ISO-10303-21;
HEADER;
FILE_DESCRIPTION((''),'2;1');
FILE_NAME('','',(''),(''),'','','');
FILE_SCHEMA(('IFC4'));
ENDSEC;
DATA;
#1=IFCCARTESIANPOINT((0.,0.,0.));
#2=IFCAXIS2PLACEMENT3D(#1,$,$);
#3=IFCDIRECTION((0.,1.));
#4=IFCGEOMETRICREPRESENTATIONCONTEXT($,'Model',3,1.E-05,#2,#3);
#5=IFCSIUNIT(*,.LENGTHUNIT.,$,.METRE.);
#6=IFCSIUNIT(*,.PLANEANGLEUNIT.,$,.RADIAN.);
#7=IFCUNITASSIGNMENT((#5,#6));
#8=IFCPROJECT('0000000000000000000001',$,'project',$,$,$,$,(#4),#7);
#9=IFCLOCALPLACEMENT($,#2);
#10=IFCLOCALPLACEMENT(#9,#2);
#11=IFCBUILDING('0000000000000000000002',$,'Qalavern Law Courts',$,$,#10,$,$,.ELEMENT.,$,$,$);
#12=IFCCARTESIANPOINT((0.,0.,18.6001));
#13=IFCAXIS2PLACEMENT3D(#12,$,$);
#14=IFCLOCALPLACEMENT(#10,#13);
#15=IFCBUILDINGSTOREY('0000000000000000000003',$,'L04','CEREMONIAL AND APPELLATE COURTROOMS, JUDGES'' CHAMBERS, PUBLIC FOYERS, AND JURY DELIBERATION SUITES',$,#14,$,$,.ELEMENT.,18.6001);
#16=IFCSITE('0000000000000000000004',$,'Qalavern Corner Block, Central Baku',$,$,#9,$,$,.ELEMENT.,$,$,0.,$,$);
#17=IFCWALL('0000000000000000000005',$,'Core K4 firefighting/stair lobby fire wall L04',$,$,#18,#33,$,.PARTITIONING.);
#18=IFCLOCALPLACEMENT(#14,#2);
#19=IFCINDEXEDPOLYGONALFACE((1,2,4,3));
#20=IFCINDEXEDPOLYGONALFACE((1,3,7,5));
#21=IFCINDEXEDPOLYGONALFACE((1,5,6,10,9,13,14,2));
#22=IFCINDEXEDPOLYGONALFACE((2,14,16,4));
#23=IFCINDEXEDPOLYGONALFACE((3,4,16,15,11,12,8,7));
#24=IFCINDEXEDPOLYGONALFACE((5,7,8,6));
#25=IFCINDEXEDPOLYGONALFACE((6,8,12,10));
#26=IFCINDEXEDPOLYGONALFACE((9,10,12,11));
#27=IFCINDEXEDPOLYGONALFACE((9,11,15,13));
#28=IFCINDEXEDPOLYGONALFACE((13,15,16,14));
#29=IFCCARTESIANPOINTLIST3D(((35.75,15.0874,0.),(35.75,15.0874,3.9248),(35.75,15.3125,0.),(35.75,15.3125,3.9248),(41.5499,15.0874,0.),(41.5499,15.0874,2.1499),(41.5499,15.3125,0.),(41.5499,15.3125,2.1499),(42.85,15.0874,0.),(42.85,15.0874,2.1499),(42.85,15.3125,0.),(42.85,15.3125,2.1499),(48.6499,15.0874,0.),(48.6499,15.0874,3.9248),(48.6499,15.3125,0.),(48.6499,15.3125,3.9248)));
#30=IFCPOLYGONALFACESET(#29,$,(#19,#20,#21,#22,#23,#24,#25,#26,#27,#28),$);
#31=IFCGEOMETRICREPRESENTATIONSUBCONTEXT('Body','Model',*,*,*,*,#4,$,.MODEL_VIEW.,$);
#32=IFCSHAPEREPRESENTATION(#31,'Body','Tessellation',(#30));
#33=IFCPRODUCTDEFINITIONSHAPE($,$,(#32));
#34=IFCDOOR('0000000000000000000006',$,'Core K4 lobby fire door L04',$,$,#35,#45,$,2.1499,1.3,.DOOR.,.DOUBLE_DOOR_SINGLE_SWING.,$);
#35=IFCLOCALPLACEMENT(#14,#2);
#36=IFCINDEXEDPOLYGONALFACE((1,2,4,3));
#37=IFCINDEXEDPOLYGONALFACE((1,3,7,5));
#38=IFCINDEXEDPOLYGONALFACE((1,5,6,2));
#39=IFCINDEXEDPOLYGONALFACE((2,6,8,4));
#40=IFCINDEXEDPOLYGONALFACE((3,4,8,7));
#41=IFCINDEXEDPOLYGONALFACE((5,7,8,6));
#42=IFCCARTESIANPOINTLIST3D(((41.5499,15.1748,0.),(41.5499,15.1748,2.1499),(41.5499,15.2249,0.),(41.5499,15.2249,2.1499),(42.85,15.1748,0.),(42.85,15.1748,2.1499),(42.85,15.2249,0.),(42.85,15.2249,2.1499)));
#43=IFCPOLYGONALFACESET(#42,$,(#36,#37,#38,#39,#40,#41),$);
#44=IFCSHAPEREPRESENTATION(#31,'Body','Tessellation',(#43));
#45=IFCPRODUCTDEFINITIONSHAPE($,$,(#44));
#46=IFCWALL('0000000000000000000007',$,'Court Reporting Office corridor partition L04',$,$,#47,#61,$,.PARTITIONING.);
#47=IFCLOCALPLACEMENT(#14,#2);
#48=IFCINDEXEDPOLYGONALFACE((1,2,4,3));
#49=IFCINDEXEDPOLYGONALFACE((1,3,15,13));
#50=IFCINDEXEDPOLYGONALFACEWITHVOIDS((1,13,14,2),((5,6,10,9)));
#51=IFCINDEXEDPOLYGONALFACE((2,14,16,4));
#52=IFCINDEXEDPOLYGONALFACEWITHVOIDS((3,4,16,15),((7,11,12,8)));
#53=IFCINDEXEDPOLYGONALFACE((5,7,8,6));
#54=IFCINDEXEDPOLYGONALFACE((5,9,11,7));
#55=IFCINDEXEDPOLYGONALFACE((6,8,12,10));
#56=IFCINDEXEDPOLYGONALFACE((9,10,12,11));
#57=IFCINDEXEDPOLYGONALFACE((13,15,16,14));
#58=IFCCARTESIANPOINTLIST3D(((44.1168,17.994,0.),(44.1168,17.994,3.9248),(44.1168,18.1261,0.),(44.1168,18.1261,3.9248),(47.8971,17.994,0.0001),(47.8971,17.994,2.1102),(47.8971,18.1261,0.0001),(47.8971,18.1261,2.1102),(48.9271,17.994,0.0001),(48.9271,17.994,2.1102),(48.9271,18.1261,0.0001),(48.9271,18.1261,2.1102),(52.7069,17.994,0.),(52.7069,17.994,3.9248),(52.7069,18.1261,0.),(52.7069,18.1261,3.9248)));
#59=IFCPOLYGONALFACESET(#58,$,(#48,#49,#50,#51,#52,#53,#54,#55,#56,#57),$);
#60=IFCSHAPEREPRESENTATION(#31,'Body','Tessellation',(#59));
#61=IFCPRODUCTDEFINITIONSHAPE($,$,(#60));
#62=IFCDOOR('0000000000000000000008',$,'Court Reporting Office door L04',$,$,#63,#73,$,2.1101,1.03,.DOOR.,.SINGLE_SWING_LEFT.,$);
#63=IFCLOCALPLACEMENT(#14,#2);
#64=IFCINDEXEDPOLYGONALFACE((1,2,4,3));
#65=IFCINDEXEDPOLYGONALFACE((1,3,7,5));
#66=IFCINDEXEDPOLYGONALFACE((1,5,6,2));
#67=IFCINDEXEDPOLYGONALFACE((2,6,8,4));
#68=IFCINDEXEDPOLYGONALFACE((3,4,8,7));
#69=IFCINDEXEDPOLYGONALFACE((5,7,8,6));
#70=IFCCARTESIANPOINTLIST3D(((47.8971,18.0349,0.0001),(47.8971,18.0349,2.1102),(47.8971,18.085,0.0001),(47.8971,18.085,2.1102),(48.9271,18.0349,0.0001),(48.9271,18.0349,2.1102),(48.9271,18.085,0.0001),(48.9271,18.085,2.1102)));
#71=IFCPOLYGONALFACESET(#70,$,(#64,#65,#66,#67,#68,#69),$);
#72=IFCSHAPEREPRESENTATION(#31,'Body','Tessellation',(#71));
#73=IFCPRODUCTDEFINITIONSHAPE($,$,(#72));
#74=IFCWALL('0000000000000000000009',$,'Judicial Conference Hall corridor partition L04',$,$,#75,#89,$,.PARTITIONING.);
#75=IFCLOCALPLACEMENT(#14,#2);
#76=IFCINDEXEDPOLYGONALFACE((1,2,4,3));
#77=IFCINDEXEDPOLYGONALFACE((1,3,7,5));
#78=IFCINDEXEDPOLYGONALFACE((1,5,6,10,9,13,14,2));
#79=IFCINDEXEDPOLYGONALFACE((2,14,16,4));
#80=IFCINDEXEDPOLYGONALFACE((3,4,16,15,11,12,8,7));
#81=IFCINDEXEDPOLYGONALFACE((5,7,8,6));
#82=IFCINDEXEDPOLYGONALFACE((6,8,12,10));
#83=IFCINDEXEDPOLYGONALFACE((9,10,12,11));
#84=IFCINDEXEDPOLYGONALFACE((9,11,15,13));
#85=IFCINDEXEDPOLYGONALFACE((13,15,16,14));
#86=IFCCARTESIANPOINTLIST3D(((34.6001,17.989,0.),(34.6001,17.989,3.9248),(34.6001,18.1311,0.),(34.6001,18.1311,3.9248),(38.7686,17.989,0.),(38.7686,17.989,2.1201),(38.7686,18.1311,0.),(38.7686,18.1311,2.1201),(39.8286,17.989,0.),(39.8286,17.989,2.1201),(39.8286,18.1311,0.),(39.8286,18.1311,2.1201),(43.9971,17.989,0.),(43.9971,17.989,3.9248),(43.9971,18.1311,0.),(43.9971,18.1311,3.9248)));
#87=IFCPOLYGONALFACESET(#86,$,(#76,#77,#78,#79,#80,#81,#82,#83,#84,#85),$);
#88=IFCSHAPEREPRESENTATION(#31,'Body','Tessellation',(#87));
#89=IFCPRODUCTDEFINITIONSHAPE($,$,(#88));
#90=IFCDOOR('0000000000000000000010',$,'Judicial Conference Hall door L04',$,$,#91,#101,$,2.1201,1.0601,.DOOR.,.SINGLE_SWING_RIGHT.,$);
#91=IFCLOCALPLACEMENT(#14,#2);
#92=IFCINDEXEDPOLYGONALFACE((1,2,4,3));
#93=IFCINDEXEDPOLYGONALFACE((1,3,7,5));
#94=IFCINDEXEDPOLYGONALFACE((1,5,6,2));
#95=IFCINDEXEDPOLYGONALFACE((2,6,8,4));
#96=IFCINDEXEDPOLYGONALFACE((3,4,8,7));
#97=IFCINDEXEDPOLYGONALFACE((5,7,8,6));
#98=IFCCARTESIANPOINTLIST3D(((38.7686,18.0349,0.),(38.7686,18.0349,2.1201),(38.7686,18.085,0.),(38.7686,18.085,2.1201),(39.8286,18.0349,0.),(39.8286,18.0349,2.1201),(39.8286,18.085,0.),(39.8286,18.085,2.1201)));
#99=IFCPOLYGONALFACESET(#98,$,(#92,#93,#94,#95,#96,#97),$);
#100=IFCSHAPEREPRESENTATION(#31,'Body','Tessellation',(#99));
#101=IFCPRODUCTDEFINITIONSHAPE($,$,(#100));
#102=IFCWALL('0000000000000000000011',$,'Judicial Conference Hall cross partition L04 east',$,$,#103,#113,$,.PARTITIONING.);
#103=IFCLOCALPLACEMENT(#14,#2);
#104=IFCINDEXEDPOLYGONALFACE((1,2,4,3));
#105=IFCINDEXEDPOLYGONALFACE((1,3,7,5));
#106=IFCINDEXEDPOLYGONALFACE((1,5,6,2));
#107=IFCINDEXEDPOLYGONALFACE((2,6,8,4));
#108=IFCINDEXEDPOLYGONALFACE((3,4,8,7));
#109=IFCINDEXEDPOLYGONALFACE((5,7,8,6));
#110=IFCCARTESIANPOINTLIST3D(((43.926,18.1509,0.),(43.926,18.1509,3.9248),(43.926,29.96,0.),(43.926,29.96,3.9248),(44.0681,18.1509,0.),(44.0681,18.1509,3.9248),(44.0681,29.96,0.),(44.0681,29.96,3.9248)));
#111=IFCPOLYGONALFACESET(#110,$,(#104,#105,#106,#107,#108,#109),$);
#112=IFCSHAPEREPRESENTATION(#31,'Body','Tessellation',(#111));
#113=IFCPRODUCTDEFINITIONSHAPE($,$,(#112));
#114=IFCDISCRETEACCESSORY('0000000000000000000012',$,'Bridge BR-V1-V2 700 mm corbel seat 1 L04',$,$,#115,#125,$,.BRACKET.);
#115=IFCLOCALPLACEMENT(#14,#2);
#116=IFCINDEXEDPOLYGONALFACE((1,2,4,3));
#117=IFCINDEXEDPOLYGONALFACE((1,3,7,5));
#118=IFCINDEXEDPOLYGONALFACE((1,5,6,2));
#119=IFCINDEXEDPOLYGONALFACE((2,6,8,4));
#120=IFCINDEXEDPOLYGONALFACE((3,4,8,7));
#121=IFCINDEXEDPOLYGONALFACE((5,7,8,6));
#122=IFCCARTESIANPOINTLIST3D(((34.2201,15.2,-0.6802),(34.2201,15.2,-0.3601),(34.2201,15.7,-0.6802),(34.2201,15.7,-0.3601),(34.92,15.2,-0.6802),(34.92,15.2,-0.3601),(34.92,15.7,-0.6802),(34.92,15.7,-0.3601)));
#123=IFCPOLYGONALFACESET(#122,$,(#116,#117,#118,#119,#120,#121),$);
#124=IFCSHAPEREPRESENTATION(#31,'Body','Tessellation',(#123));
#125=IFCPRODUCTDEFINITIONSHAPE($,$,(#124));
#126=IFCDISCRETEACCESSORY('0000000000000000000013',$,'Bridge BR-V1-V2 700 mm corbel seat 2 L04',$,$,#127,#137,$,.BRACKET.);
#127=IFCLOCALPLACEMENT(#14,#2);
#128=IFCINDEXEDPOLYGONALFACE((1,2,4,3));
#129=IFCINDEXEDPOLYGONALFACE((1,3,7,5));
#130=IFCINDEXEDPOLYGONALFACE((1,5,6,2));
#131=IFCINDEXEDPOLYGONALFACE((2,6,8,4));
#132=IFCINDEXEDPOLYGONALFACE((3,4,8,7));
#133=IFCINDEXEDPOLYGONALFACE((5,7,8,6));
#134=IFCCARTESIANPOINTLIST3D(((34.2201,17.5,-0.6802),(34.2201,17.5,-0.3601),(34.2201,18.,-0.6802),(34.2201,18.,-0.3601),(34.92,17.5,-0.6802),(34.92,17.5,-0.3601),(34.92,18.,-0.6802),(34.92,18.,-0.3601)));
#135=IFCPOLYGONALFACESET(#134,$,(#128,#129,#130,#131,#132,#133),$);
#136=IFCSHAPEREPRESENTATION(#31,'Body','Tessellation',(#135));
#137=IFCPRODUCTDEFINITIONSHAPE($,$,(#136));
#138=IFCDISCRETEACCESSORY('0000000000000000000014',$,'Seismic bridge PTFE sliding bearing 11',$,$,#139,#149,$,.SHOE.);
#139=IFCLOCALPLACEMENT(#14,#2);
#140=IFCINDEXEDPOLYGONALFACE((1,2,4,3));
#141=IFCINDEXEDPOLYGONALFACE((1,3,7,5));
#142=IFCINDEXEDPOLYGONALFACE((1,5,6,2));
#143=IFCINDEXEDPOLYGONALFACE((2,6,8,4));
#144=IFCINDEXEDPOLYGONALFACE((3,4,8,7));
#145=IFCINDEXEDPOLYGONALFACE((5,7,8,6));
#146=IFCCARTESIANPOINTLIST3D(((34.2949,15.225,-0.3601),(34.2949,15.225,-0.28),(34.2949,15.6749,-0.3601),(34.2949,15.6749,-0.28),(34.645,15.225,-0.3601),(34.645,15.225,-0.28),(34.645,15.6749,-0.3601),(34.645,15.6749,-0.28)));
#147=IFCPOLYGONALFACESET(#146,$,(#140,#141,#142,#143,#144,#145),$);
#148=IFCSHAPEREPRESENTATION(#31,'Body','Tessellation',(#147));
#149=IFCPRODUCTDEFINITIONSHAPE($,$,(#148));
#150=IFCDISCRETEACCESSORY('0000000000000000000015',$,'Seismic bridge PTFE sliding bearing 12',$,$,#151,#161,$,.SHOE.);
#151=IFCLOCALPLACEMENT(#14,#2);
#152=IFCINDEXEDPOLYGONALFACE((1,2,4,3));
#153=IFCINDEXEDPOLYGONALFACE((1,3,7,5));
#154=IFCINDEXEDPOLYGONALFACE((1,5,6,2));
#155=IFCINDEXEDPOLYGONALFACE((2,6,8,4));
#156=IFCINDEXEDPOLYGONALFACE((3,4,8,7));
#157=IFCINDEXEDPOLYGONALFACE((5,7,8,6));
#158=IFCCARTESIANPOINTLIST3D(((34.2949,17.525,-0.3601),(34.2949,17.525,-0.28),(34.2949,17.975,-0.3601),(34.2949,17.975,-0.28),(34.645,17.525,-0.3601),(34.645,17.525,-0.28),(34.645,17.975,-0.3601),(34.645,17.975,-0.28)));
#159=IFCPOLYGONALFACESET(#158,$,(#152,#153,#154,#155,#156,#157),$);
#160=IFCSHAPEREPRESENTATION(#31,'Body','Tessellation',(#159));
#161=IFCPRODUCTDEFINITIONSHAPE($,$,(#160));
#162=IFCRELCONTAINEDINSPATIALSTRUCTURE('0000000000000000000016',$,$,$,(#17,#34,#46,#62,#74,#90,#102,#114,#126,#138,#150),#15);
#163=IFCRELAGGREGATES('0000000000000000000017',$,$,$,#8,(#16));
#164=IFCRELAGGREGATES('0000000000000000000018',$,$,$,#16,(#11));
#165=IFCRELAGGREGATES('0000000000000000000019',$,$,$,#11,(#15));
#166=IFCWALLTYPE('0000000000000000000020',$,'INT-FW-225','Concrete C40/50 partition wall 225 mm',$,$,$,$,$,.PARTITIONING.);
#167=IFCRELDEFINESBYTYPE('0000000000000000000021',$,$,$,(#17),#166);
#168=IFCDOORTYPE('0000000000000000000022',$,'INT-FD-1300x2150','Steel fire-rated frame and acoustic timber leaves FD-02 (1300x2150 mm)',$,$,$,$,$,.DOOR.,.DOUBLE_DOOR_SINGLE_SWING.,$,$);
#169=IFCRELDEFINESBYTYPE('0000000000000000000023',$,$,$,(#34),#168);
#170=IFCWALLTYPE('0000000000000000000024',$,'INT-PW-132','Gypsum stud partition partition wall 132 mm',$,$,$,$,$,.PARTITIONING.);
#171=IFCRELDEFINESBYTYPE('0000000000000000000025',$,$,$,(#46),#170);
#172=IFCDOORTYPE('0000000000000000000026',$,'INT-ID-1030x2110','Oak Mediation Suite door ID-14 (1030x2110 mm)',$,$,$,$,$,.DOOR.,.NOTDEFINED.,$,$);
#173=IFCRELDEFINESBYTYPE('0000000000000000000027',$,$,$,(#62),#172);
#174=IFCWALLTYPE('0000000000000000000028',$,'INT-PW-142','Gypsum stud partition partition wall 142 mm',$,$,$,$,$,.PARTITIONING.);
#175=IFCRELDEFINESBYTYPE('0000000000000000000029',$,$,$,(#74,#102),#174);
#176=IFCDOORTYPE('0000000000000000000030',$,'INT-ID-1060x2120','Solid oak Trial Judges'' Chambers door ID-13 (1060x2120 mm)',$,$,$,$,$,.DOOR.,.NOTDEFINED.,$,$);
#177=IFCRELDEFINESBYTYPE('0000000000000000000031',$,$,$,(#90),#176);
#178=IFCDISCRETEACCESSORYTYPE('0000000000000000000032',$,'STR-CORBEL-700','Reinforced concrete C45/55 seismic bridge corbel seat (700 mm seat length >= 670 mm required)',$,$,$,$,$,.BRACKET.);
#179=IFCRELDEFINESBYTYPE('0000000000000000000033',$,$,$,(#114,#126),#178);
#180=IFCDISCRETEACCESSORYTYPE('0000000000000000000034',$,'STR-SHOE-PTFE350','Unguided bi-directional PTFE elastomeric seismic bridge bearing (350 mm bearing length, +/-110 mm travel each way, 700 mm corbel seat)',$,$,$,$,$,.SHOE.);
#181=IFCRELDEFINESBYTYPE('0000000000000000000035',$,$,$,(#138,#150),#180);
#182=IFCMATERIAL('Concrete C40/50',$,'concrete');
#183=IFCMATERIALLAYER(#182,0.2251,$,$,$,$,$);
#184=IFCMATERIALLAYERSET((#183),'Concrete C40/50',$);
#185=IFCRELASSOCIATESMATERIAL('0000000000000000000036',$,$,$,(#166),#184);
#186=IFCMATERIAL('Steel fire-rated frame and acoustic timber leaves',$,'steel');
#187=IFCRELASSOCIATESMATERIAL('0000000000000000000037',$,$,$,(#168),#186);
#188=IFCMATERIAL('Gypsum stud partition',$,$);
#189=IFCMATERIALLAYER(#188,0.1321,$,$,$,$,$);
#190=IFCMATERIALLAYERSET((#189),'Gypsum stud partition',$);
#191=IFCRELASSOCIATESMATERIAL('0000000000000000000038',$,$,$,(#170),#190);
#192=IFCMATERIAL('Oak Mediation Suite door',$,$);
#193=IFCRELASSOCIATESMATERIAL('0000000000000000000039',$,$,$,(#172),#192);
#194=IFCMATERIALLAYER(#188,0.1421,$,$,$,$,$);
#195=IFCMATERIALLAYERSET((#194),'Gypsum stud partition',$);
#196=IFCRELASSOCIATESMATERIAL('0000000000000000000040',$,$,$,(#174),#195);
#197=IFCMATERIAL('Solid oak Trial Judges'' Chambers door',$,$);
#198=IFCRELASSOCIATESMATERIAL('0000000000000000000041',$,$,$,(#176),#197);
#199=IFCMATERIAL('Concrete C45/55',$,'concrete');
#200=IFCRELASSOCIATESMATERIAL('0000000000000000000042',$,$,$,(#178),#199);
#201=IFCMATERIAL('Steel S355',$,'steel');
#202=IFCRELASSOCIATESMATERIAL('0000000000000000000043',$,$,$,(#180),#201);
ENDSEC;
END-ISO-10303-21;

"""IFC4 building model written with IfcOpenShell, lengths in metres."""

from ifc_helpers import new_model, si_unit, direction, frame, frame_2d, origin, origin_2d, place, context, subcontext, project, spatial, rectangle, extrude, material, layer, layer_set, type_object, element, fill, save


model = new_model("IFC4")

# Units and contexts
model_context = context("Model", 3, precision=1e-05, world=origin(), true_north=direction((0.0, 1.0)))
body_context = subcontext(model_context, "Body", "Model", "MODEL_VIEW")
ifc_project = project(units=[si_unit("LENGTHUNIT", "METRE"), si_unit("PLANEANGLEUNIT", "RADIAN")], contexts=[model_context])

# Site, building, storey
site_placement = place(None, origin())
site = spatial("IfcSite", under=ifc_project, at=site_placement, Name="Qalavern Corner Block, Central Baku", CompositionType="ELEMENT", RefElevation=0.0)
building_placement = place(site_placement, origin())
building = spatial("IfcBuilding", under=site, at=building_placement, Name="Qalavern Law Courts", CompositionType="ELEMENT")
storey_placement = place(building_placement, frame((0.0, 0.0, 18.6001)))
storey = spatial("IfcBuildingStorey", under=building, at=storey_placement, Name="L04", Description="CEREMONIAL AND APPELLATE COURTROOMS, JUDGES' CHAMBERS, PUBLIC FOYERS, AND JURY DELIBERATION SUITES", CompositionType="ELEMENT", Elevation=18.6001)

# Shared definitions
ifc_material_1 = material(Name="Concrete C45/55", Category="concrete")

# Shared definitions
ifc_material_2 = material(Name="Steel S355", Category="steel")
ifc_material_3 = material(Name="Concrete C40/50", Category="concrete")

# Walls, openings, doors
ifc_layer_1 = layer(ifc_material_3, 0.2251)
ifc_layer_set_1 = layer_set([ifc_layer_1], Name="Concrete C40/50")
wall_type_1 = type_object("IfcWallType", Name="INT-FW-225", Description="Concrete C40/50 partition wall 225 mm", PredefinedType="PARTITIONING", material=ifc_layer_set_1)
wall_1_placement = place(storey_placement, frame((35.75, 15.2, 0.0), z_axis=(0.0, 0.0, 1.0), x_axis=(1.0, 0.0, 0.0)))
wall_1 = element("IfcWall", 1, at=wall_1_placement, inside=storey, type_object=wall_type_1, Name="Core K4 firefighting/stair lobby fire wall L04", PredefinedType="PARTITIONING", context=body_context, shape_type="SweptSolid", body=[
    extrude(rectangle(XDim=12.8999, YDim=0.2251, at=frame_2d((6.45, 0.0))), origin(), (0.0, 0.0, 1.0), 3.9248),
])
opening_1_placement = place(wall_1_placement, frame((5.8, 0.0, 0.0)))
opening_1 = element("IfcOpeningElement", 2, at=opening_1_placement, cuts=wall_1, PredefinedType="OPENING", context=body_context, shape_type="SweptSolid", body=[
    extrude(rectangle(XDim=1.3, YDim=2.1499, at=frame_2d((0.6499, 1.075))), frame((0.0, 0.1274, 0.0), z_axis=(0.0, -1.0, 0.0), x_axis=(1.0, 0.0, 0.0)), (0.0, 0.0, 1.0), 0.2549),
])
ifc_material_4 = material(Name="Steel fire-rated frame and acoustic timber leaves", Category="steel")
door_type_1 = type_object("IfcDoorType", Name="INT-FD-1300x2150", Description="Steel fire-rated frame and acoustic timber leaves FD-02 (1300x2150 mm)", OperationType="DOUBLE_DOOR_SINGLE_SWING", PredefinedType="DOOR", material=ifc_material_4)
door_1_placement = place(opening_1_placement, origin())
door_1 = element("IfcDoor", 3, at=door_1_placement, inside=storey, type_object=door_type_1, Name="Core K4 lobby fire door L04", OperationType="DOUBLE_DOOR_SINGLE_SWING", OverallHeight=2.1499, OverallWidth=1.3, PredefinedType="DOOR", context=body_context, shape_type="SweptSolid", body=[
    extrude(rectangle(XDim=1.3, YDim=2.1499, at=frame_2d((0.6499, 1.075))), frame((0.0, 0.0249, 0.0), z_axis=(0.0, -1.0, 0.0), x_axis=(1.0, 0.0, 0.0)), (0.0, 0.0, 1.0), 0.05),
])
fill(opening_1, door_1)
ifc_material_5 = material(Name="Gypsum stud partition")
ifc_layer_2 = layer(ifc_material_5, 0.1321)
ifc_layer_set_2 = layer_set([ifc_layer_2], Name="Gypsum stud partition")
wall_type_2 = type_object("IfcWallType", Name="INT-PW-132", Description="Gypsum stud partition partition wall 132 mm", PredefinedType="PARTITIONING", material=ifc_layer_set_2)
wall_2_placement = place(storey_placement, frame((44.1169, 18.0601, 0.0), z_axis=(0.0, 0.0, 1.0), x_axis=(1.0, 0.0, 0.0)))
wall_2 = element("IfcWall", 4, at=wall_2_placement, inside=storey, type_object=wall_type_2, Name="Court Reporting Office corridor partition L04", PredefinedType="PARTITIONING", context=body_context, shape_type="SweptSolid", body=[
    extrude(rectangle(XDim=8.5901, YDim=0.1321, at=frame_2d((4.2949, 0.0))), origin(), (0.0, 0.0, 1.0), 3.9248),
])
opening_2_placement = place(wall_2_placement, frame((3.78, 0.0, 0.0)))
opening_2 = element("IfcOpeningElement", 5, at=opening_2_placement, cuts=wall_2, PredefinedType="OPENING", context=body_context, shape_type="SweptSolid", body=[
    extrude(rectangle(XDim=1.03, YDim=2.1101, at=frame_2d((0.5151, 1.0552))), frame((0.0, 0.0811, 0.0), z_axis=(0.0, -1.0, 0.0), x_axis=(1.0, 0.0, 0.0)), (0.0, 0.0, 1.0), 0.1619),
])
ifc_material_6 = material(Name="Oak Mediation Suite door")
door_type_2 = type_object("IfcDoorType", Name="INT-ID-1030x2110", Description="Oak Mediation Suite door ID-14 (1030x2110 mm)", OperationType="NOTDEFINED", PredefinedType="DOOR", material=ifc_material_6)
door_2_placement = place(opening_2_placement, origin())
door_2 = element("IfcDoor", 6, at=door_2_placement, inside=storey, type_object=door_type_2, Name="Court Reporting Office door L04", OperationType="SINGLE_SWING_LEFT", OverallHeight=2.1101, OverallWidth=1.03, PredefinedType="DOOR", context=body_context, shape_type="SweptSolid", body=[
    extrude(rectangle(XDim=1.03, YDim=2.1101, at=frame_2d((0.5151, 1.0552))), frame((0.0, 0.0249, 0.0), z_axis=(0.0, -1.0, 0.0), x_axis=(1.0, 0.0, 0.0)), (0.0, 0.0, 1.0), 0.05),
])
fill(opening_2, door_2)
ifc_layer_3 = layer(ifc_material_5, 0.1421)
ifc_layer_set_3 = layer_set([ifc_layer_3], Name="Gypsum stud partition")
wall_type_3 = type_object("IfcWallType", Name="INT-PW-142", Description="Gypsum stud partition partition wall 142 mm", PredefinedType="PARTITIONING", material=ifc_layer_set_3)
wall_3_placement = place(storey_placement, frame((34.6001, 18.0601, 0.0), z_axis=(0.0, 0.0, 1.0), x_axis=(1.0, 0.0, 0.0)))
wall_3 = element("IfcWall", 7, at=wall_3_placement, inside=storey, type_object=wall_type_3, Name="Judicial Conference Hall corridor partition L04", PredefinedType="PARTITIONING", context=body_context, shape_type="SweptSolid", body=[
    extrude(rectangle(XDim=9.397, YDim=0.1421, at=frame_2d((4.6985, 0.0))), origin(), (0.0, 0.0, 1.0), 3.9248),
])
opening_3_placement = place(wall_3_placement, frame((4.1685, 0.0, 0.0)))
opening_3 = element("IfcOpeningElement", 8, at=opening_3_placement, cuts=wall_3, PredefinedType="OPENING", context=body_context, shape_type="SweptSolid", body=[
    extrude(rectangle(XDim=1.0601, YDim=2.1201, at=frame_2d((0.53, 1.0601))), frame((0.0, 0.0859, 0.0), z_axis=(0.0, -1.0, 0.0), x_axis=(1.0, 0.0, 0.0)), (0.0, 0.0, 1.0), 0.1719),
])
ifc_material_7 = material(Name="Solid oak Trial Judges' Chambers door")
door_type_3 = type_object("IfcDoorType", Name="INT-ID-1060x2120", Description="Solid oak Trial Judges' Chambers door ID-13 (1060x2120 mm)", OperationType="NOTDEFINED", PredefinedType="DOOR", material=ifc_material_7)
door_3_placement = place(opening_3_placement, origin())
door_3 = element("IfcDoor", 9, at=door_3_placement, inside=storey, type_object=door_type_3, Name="Judicial Conference Hall door L04", OperationType="SINGLE_SWING_RIGHT", OverallHeight=2.1201, OverallWidth=1.0601, PredefinedType="DOOR", context=body_context, shape_type="SweptSolid", body=[
    extrude(rectangle(XDim=1.0601, YDim=2.1201, at=frame_2d((0.53, 1.0601))), frame((0.0, 0.0249, 0.0), z_axis=(0.0, -1.0, 0.0), x_axis=(1.0, 0.0, 0.0)), (0.0, 0.0, 1.0), 0.05),
])
fill(opening_3, door_3)

# Wall
wall_4_placement = place(storey_placement, frame((43.9971, 18.1509, 0.0), z_axis=(0.0, 0.0, 1.0), x_axis=(0.0, 1.0, 0.0)))
element("IfcWall", 10, at=wall_4_placement, inside=storey, type_object=wall_type_3, Name="Judicial Conference Hall cross partition L04 east", PredefinedType="PARTITIONING", context=body_context, shape_type="SweptSolid", body=[
    extrude(rectangle(XDim=11.8091, YDim=0.1421, at=frame_2d((5.9045, 0.0))), origin(), (0.0, 0.0, 1.0), 3.9248),
])

# Discrete accessories
discrete_accessory_type_1 = type_object("IfcDiscreteAccessoryType", Name="STR-CORBEL-700", Description="Reinforced concrete C45/55 seismic bridge corbel seat (700 mm seat length >= 670 mm required)", PredefinedType="BRACKET", material=ifc_material_1)
for number, where, z_axis, x_axis, name in (
    (11, (34.5701, 15.45, -0.6802), (0.0, 0.0, 1.0), (1.0, 0.0, 0.0), "Bridge BR-V1-V2 700 mm corbel seat 1 L04"),
    (12, (34.5701, 17.75, -0.6802), (0.0, 0.0, 1.0), (1.0, 0.0, 0.0), "Bridge BR-V1-V2 700 mm corbel seat 2 L04"),
):
    element("IfcDiscreteAccessory", number, at=place(storey_placement, frame(where, z_axis=z_axis, x_axis=x_axis)), inside=storey, type_object=discrete_accessory_type_1, Name=name, PredefinedType="BRACKET", context=body_context, shape_type="SweptSolid", body=[
        extrude(rectangle(XDim=0.7, YDim=0.5, at=origin_2d()), origin(), (0.0, 0.0, 1.0), 0.3201),
    ])
discrete_accessory_type_2 = type_object("IfcDiscreteAccessoryType", Name="STR-SHOE-PTFE350", Description="Unguided bi-directional PTFE elastomeric seismic bridge bearing (350 mm bearing length, +/-110 mm travel each way, 700 mm corbel seat)", PredefinedType="SHOE", material=ifc_material_2)
for number, where, z_axis, x_axis, name in (
    (13, (34.47, 15.45, -0.3601), (0.0, 0.0, 1.0), (1.0, 0.0, 0.0), "Seismic bridge PTFE sliding bearing 11"),
    (14, (34.47, 17.75, -0.3601), (0.0, 0.0, 1.0), (1.0, 0.0, 0.0), "Seismic bridge PTFE sliding bearing 12"),
):
    element("IfcDiscreteAccessory", number, at=place(storey_placement, frame(where, z_axis=z_axis, x_axis=x_axis)), inside=storey, type_object=discrete_accessory_type_2, Name=name, PredefinedType="SHOE", context=body_context, shape_type="SweptSolid", body=[
        extrude(rectangle(XDim=0.3501, YDim=0.45, at=origin_2d()), origin(), (0.0, 0.0, 1.0), 0.0801),
    ])

save(model, "model.ifc")
